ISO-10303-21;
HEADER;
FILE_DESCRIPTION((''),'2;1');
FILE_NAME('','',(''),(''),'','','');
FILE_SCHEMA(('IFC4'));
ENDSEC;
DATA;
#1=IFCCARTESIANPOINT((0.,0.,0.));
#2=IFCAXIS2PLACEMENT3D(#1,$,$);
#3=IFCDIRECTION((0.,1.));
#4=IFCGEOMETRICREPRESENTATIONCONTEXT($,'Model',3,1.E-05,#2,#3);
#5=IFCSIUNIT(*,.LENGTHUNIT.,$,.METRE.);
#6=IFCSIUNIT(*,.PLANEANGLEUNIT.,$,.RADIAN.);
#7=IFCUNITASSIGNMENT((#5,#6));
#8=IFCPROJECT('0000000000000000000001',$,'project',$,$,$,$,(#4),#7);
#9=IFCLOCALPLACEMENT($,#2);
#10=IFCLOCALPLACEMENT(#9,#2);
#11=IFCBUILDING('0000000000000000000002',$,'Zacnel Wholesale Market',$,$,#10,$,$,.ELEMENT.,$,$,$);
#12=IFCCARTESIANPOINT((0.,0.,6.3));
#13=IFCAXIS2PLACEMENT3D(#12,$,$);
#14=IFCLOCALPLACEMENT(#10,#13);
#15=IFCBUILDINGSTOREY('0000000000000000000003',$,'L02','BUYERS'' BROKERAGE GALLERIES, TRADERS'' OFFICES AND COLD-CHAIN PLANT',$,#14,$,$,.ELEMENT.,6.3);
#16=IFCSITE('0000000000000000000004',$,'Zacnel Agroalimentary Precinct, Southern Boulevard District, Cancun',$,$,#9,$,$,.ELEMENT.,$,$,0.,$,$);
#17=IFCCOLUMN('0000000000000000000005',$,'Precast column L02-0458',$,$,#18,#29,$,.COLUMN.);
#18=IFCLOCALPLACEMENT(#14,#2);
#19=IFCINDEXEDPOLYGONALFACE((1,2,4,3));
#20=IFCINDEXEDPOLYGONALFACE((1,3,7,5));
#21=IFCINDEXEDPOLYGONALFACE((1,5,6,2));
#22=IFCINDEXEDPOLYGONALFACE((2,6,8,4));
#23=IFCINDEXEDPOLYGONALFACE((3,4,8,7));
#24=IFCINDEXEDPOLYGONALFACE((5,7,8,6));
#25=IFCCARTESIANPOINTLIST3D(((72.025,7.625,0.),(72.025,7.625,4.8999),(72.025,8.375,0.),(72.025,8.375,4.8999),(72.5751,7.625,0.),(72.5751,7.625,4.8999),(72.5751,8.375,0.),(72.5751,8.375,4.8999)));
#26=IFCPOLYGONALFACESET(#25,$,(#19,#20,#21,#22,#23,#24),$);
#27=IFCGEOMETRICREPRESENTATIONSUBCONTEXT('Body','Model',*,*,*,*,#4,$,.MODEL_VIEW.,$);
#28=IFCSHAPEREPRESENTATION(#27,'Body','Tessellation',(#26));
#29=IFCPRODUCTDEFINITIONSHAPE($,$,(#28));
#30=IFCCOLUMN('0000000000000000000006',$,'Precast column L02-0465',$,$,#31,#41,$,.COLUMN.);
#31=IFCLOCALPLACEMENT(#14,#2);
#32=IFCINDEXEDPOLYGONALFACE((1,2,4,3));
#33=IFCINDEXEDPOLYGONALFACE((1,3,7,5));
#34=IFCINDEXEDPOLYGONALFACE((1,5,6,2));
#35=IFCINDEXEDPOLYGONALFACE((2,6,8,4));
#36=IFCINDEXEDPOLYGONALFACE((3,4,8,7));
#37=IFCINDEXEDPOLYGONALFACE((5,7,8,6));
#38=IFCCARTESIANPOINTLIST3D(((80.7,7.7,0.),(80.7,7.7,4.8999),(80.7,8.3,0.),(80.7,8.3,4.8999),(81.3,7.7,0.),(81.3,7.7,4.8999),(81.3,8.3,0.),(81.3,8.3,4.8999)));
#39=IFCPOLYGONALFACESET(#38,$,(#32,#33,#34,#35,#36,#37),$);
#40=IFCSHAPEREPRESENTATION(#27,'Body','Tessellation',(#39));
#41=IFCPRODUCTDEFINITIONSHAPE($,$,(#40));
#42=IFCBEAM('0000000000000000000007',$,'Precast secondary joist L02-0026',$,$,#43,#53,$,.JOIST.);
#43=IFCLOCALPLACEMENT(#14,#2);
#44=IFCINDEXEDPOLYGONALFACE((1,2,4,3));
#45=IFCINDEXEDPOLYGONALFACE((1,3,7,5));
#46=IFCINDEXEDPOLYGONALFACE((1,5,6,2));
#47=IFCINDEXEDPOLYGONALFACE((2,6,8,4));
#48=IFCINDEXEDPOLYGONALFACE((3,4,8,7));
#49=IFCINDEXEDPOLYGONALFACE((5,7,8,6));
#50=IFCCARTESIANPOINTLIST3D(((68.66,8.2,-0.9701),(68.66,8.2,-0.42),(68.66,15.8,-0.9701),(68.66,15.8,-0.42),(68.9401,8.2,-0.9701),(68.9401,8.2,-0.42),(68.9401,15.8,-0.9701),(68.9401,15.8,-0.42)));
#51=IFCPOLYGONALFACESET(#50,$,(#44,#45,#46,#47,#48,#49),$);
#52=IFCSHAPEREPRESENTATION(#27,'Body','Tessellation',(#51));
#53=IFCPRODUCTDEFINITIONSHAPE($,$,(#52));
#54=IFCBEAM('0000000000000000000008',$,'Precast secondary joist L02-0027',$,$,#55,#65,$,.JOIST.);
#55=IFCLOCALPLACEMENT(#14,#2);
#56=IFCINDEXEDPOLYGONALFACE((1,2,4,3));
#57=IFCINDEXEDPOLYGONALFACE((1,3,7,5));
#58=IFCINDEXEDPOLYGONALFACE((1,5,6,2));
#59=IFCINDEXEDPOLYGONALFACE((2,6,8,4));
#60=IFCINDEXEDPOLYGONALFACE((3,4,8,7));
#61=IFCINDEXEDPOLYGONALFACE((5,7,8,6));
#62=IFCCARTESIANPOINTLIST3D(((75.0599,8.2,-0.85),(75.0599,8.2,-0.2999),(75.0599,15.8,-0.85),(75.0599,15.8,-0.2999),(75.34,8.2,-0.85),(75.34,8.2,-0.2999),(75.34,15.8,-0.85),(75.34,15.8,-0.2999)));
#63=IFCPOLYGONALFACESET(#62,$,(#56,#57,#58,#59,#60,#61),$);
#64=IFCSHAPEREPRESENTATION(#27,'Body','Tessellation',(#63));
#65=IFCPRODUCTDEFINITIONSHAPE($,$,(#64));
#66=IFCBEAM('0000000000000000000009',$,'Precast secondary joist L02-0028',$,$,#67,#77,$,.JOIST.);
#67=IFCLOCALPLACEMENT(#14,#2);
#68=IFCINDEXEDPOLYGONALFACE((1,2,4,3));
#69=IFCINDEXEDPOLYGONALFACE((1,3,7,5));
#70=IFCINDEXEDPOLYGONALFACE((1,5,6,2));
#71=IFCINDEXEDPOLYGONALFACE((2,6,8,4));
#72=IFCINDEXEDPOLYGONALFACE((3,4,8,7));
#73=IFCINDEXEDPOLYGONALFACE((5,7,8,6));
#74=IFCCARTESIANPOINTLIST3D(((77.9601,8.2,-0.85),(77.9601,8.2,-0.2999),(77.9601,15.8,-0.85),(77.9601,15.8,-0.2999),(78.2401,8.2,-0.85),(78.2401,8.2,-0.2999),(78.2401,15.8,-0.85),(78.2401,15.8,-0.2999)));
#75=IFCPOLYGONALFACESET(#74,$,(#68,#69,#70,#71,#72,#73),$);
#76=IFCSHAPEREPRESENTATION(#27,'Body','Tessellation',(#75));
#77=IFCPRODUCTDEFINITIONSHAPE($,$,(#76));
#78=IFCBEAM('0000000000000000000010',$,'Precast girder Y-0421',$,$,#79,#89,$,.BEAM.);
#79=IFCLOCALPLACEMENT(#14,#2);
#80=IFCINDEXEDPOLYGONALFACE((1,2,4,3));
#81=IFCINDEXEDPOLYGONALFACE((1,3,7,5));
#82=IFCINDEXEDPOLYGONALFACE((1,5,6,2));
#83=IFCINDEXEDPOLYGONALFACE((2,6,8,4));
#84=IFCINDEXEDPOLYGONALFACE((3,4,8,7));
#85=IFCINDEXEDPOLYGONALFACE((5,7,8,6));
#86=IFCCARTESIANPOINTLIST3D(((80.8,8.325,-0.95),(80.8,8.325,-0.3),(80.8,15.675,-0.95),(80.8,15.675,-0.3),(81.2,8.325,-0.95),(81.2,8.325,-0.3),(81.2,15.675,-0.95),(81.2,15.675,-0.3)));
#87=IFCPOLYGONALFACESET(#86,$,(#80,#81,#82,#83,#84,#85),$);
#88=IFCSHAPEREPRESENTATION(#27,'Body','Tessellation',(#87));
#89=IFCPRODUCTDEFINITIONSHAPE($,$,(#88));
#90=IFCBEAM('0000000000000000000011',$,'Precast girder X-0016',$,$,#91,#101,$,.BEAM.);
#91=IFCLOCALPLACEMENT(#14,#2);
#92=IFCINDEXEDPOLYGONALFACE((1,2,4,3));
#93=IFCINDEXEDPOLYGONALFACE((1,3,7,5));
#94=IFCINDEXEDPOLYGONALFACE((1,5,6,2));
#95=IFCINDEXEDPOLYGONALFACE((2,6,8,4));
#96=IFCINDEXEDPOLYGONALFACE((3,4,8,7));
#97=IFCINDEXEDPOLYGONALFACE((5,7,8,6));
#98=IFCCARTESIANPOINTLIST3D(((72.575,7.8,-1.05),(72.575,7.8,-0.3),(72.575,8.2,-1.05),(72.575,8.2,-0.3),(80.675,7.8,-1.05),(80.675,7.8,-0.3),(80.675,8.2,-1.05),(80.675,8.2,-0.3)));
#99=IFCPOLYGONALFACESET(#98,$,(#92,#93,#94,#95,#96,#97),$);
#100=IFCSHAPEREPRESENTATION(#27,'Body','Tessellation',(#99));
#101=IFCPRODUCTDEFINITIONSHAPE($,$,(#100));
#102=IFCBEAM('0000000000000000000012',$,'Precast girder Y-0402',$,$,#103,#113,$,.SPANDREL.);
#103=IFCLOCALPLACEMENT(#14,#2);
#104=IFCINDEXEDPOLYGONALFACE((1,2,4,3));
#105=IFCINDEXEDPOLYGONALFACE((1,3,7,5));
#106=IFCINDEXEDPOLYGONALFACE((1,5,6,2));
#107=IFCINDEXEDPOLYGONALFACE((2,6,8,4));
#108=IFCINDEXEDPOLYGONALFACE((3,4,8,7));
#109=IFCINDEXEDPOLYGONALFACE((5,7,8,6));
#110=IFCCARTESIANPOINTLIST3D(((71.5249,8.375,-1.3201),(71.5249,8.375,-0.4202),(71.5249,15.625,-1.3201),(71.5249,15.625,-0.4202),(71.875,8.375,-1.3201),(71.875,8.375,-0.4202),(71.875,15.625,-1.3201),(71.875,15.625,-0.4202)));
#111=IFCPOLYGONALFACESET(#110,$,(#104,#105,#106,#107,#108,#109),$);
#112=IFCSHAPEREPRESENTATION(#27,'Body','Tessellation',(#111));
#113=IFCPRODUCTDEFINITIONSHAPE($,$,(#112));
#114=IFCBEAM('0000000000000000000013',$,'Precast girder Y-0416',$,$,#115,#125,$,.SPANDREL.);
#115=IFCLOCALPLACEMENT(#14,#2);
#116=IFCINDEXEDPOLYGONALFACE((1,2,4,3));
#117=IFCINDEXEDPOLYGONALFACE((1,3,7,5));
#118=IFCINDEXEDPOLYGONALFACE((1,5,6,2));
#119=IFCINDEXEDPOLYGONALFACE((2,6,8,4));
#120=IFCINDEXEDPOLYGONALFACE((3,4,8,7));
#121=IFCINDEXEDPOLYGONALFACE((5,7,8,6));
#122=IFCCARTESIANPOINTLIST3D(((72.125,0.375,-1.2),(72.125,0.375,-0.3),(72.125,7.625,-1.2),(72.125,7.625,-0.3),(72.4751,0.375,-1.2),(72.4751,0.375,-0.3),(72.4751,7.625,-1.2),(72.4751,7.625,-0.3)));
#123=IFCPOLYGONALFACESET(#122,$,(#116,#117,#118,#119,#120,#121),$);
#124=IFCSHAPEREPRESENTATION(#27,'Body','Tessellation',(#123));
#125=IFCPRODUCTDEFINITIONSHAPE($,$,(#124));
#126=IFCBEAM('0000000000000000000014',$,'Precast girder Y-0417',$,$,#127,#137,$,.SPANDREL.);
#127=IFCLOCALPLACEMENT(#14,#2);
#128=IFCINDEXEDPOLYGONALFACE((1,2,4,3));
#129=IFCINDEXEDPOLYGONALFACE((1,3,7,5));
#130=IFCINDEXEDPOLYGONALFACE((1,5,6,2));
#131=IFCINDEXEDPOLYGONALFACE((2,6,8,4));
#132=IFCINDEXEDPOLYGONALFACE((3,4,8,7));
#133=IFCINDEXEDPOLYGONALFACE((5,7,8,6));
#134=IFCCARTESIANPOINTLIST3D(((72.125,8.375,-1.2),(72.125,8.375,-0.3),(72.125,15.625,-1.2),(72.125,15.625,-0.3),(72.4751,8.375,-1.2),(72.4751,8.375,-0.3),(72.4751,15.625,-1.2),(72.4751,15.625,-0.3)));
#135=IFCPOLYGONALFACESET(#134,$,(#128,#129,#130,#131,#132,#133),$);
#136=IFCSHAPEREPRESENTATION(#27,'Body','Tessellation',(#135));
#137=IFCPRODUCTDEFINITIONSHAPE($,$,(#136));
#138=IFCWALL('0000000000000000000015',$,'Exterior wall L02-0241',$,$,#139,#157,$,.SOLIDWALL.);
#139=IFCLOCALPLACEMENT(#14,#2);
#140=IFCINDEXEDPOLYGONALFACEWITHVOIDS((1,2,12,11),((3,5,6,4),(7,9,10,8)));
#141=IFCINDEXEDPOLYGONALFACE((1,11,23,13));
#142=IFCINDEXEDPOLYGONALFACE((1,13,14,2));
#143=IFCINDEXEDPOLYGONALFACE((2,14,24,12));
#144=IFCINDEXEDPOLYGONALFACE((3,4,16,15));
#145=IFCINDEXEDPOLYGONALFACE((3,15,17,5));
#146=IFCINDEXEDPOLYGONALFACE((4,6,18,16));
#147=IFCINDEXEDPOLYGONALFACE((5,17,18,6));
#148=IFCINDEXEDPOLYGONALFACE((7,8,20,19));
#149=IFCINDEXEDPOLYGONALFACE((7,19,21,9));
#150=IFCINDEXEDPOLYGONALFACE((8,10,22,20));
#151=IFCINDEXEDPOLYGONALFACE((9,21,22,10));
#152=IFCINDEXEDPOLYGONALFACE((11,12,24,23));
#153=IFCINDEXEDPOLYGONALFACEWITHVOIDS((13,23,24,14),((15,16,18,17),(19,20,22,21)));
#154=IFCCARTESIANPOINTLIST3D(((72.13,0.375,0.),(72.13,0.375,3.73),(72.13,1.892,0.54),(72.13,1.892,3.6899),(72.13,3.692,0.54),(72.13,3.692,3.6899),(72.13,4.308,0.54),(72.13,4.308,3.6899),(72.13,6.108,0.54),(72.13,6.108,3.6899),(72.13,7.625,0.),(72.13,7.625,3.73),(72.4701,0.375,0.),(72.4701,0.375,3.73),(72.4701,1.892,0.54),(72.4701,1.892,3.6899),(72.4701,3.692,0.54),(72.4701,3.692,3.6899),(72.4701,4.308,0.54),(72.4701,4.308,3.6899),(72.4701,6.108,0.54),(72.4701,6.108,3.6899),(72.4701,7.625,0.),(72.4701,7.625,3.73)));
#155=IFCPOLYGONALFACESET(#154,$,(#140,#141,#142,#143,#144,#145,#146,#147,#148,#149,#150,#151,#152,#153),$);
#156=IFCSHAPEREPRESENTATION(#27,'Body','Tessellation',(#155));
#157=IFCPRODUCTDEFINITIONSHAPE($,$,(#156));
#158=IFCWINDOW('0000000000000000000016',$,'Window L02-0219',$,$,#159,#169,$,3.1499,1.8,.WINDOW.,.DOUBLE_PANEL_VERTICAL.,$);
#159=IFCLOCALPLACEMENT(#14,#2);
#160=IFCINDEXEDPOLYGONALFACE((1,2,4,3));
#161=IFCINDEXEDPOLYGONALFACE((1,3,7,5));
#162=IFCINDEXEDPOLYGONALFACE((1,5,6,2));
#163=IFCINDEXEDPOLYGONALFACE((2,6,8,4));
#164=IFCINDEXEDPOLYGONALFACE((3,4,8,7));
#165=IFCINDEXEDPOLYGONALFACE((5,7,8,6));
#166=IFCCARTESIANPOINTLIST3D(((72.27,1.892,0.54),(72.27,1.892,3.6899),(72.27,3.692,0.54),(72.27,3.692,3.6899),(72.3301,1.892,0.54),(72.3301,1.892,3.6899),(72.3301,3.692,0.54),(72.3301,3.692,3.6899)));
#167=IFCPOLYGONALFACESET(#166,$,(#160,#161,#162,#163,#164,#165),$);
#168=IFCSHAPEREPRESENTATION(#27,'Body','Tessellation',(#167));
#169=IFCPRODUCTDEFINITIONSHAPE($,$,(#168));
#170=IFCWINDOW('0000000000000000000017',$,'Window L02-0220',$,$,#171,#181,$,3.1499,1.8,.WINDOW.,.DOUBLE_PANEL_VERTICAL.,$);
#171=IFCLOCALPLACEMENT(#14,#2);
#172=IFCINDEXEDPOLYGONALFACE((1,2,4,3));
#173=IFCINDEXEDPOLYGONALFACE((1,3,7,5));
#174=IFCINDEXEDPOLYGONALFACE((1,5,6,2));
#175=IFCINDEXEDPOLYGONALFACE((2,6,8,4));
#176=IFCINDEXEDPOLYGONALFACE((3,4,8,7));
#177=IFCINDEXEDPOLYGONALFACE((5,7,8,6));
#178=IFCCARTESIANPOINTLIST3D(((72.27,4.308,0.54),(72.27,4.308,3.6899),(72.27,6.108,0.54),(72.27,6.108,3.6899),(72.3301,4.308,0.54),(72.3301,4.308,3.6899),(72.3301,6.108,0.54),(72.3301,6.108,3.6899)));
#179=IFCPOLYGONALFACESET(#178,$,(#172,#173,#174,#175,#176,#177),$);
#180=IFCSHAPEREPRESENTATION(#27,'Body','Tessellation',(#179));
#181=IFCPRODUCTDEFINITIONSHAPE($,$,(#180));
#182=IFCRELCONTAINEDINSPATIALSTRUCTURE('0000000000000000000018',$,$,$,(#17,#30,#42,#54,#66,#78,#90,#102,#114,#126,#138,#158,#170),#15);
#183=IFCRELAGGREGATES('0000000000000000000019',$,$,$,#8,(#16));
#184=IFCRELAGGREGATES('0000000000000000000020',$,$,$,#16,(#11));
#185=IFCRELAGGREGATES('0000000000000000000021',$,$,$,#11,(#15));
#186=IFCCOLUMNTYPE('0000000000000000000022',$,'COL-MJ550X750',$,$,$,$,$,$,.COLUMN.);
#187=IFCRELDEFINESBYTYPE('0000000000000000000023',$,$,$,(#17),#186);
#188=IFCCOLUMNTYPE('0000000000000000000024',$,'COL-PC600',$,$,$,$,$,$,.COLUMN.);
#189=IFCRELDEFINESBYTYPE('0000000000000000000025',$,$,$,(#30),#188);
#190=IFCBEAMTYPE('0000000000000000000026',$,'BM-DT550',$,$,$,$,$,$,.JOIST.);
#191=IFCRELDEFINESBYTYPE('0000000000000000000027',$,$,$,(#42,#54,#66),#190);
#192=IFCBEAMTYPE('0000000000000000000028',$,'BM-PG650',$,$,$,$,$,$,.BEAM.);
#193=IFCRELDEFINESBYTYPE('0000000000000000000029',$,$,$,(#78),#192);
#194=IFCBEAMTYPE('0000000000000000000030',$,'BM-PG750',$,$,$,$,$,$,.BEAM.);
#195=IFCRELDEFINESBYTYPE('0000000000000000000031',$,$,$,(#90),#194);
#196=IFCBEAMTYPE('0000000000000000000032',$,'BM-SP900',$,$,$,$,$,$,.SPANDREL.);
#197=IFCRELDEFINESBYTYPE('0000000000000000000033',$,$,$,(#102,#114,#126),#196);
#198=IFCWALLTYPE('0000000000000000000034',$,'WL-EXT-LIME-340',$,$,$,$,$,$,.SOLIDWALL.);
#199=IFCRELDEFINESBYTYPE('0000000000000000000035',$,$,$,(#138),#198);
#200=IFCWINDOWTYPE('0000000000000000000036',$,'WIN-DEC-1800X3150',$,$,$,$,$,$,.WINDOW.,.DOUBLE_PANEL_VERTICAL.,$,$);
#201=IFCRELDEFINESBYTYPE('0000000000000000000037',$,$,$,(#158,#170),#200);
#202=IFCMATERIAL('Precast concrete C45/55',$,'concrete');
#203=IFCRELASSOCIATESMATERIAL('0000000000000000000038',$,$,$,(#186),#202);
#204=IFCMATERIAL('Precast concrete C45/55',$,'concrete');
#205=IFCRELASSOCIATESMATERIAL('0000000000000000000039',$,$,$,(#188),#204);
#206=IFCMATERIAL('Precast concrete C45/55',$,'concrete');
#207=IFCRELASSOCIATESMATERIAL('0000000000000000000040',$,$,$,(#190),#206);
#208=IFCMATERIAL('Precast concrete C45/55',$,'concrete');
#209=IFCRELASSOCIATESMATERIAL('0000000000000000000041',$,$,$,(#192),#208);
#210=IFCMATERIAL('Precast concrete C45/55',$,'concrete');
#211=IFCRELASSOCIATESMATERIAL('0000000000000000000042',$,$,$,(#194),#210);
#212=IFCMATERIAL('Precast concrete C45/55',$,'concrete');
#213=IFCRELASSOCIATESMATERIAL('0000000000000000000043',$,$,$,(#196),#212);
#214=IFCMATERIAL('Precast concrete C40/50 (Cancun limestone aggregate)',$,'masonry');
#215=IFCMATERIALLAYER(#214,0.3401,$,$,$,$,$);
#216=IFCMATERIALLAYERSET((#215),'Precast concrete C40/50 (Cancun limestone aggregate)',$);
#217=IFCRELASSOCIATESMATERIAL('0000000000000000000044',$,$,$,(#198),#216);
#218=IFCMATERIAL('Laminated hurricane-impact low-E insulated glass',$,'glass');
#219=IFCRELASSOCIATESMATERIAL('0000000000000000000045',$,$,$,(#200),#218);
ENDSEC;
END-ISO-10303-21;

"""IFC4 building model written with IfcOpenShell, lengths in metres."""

from ifc_helpers import new_model, si_unit, direction, frame, frame_2d, origin, origin_2d, place, context, subcontext, project, spatial, rectangle, extrude, material, layer, layer_set, material_profile, profile_set, type_object, element, fill, save


model = new_model("IFC4")

# Units and contexts
model_context = context("Model", 3, precision=1e-05, world=origin(), true_north=direction((0.0, 1.0)))
body_context = subcontext(model_context, "Body", "Model", "MODEL_VIEW")
ifc_project = project(units=[si_unit("LENGTHUNIT", "METRE"), si_unit("PLANEANGLEUNIT", "RADIAN")], contexts=[model_context])

# Site, building, storey
site_placement = place(None, origin())
site = spatial("IfcSite", under=ifc_project, at=site_placement, Name="Zacnel Agroalimentary Precinct, Southern Boulevard District, Cancun", CompositionType="ELEMENT", RefElevation=0.0)
building_placement = place(site_placement, origin())
building = spatial("IfcBuilding", under=site, at=building_placement, Name="Zacnel Wholesale Market", CompositionType="ELEMENT")
storey_placement = place(building_placement, frame((0.0, 0.0, 6.3)))
storey = spatial("IfcBuildingStorey", under=building, at=storey_placement, Name="L02", Description="BUYERS' BROKERAGE GALLERIES, TRADERS' OFFICES AND COLD-CHAIN PLANT", CompositionType="ELEMENT", Elevation=6.3)

# Columns
ifc_material_1 = material(Name="Precast concrete C45/55", Category="concrete")
ifc_material_profile_1 = material_profile(ifc_material_1, rectangle(XDim=0.55, YDim=0.75, at=origin_2d()), Name="PC 550x750")
ifc_profile_set_1 = profile_set([ifc_material_profile_1], Name="Precast concrete C45/55")
column_type_1 = type_object("IfcColumnType", Name="COL-MJ550X750", PredefinedType="COLUMN", material=ifc_profile_set_1)
column_1_placement = place(storey_placement, frame((72.3, 8.0, 0.0), z_axis=(0.0, 0.0, 1.0), x_axis=(1.0, 0.0, 0.0)))
element("IfcColumn", 1, at=column_1_placement, inside=storey, type_object=column_type_1, Name="Precast column L02-0458", PredefinedType="COLUMN", context=body_context, shape_type="SweptSolid", body=[
    extrude(rectangle(XDim=0.55, YDim=0.75, at=origin_2d()), origin(), (0.0, 0.0, 1.0), 4.8999),
])
ifc_material_2 = material(Name="Precast concrete C45/55", Category="concrete")
ifc_material_profile_2 = material_profile(ifc_material_2, rectangle(XDim=0.6001, YDim=0.6001, at=origin_2d()), Name="PC 600x600")
ifc_profile_set_2 = profile_set([ifc_material_profile_2], Name="Precast concrete C45/55")
column_type_2 = type_object("IfcColumnType", Name="COL-PC600", PredefinedType="COLUMN", material=ifc_profile_set_2)
column_2_placement = place(storey_placement, frame((81.0, 8.0, 0.0), z_axis=(0.0, 0.0, 1.0), x_axis=(1.0, 0.0, 0.0)))
element("IfcColumn", 2, at=column_2_placement, inside=storey, type_object=column_type_2, Name="Precast column L02-0465", PredefinedType="COLUMN", context=body_context, shape_type="SweptSolid", body=[
    extrude(rectangle(XDim=0.6001, YDim=0.6001, at=origin_2d()), origin(), (0.0, 0.0, 1.0), 4.8999),
])

# Beams
ifc_material_3 = material(Name="Precast concrete C45/55", Category="concrete")
ifc_material_profile_3 = material_profile(ifc_material_3, rectangle(XDim=0.28, YDim=0.55, at=origin_2d()), Name="DT RIB 280x550")
ifc_profile_set_3 = profile_set([ifc_material_profile_3], Name="Precast concrete C45/55")
beam_type_1 = type_object("IfcBeamType", Name="BM-DT550", PredefinedType="JOIST", material=ifc_profile_set_3)
for number, where, z_axis, x_axis, name in (
    (3, (68.8, 8.2, -0.6951), (0.0, 1.0, 0.0), (-1.0, 0.0, 0.0), "Precast secondary joist L02-0026"),
    (4, (75.2, 8.2, -0.575), (0.0, 1.0, 0.0), (-1.0, 0.0, 0.0), "Precast secondary joist L02-0027"),
    (5, (78.1001, 8.2, -0.575), (0.0, 1.0, 0.0), (-1.0, 0.0, 0.0), "Precast secondary joist L02-0028"),
):
    element("IfcBeam", number, at=place(storey_placement, frame(where, z_axis=z_axis, x_axis=x_axis)), inside=storey, type_object=beam_type_1, Name=name, PredefinedType="JOIST", context=body_context, shape_type="SweptSolid", body=[
        extrude(rectangle(XDim=0.28, YDim=0.55, at=origin_2d()), origin(), (0.0, 0.0, 1.0), 7.6001),
    ])
ifc_material_4 = material(Name="Precast concrete C45/55", Category="concrete")
ifc_material_profile_4 = material_profile(ifc_material_4, rectangle(XDim=0.3999, YDim=0.6499, at=origin_2d()), Name="PG 400x650")
ifc_profile_set_4 = profile_set([ifc_material_profile_4], Name="Precast concrete C45/55")
beam_type_2 = type_object("IfcBeamType", Name="BM-PG650", PredefinedType="BEAM", material=ifc_profile_set_4)
beam_1_placement = place(storey_placement, frame((81.0, 8.325, -0.625), z_axis=(0.0, 1.0, 0.0), x_axis=(-1.0, 0.0, 0.0)))
element("IfcBeam", 6, at=beam_1_placement, inside=storey, type_object=beam_type_2, Name="Precast girder Y-0421", PredefinedType="BEAM", context=body_context, shape_type="SweptSolid", body=[
    extrude(rectangle(XDim=0.3999, YDim=0.6499, at=origin_2d()), origin(), (0.0, 0.0, 1.0), 7.3501),
])
ifc_material_5 = material(Name="Precast concrete C45/55", Category="concrete")
ifc_material_profile_5 = material_profile(ifc_material_5, rectangle(XDim=0.3999, YDim=0.75, at=origin_2d()), Name="PG 400x750")
ifc_profile_set_5 = profile_set([ifc_material_profile_5], Name="Precast concrete C45/55")
beam_type_3 = type_object("IfcBeamType", Name="BM-PG750", PredefinedType="BEAM", material=ifc_profile_set_5)
beam_2_placement = place(storey_placement, frame((72.575, 8.0, -0.675), z_axis=(1.0, 0.0, 0.0), x_axis=(0.0, 1.0, 0.0)))
element("IfcBeam", 7, at=beam_2_placement, inside=storey, type_object=beam_type_3, Name="Precast girder X-0016", PredefinedType="BEAM", context=body_context, shape_type="SweptSolid", body=[
    extrude(rectangle(XDim=0.3999, YDim=0.75, at=origin_2d()), origin(), (0.0, 0.0, 1.0), 8.1001),
])
ifc_material_6 = material(Name="Precast concrete C45/55", Category="concrete")
ifc_material_profile_6 = material_profile(ifc_material_6, rectangle(XDim=0.3501, YDim=0.8999, at=origin_2d()), Name="SP 350x900")
ifc_profile_set_6 = profile_set([ifc_material_profile_6], Name="Precast concrete C45/55")
beam_type_4 = type_object("IfcBeamType", Name="BM-SP900", PredefinedType="SPANDREL", material=ifc_profile_set_6)
for number, where, z_axis, x_axis, name in (
    (8, (71.7, 8.375, -0.8701), (0.0, 1.0, 0.0), (-1.0, 0.0, 0.0), "Precast girder Y-0402"),
    (9, (72.3, 0.375, -0.75), (0.0, 1.0, 0.0), (-1.0, 0.0, 0.0), "Precast girder Y-0416"),
    (10, (72.3, 8.375, -0.75), (0.0, 1.0, 0.0), (-1.0, 0.0, 0.0), "Precast girder Y-0417"),
):
    element("IfcBeam", number, at=place(storey_placement, frame(where, z_axis=z_axis, x_axis=x_axis)), inside=storey, type_object=beam_type_4, Name=name, PredefinedType="SPANDREL", context=body_context, shape_type="SweptSolid", body=[
        extrude(rectangle(XDim=0.3501, YDim=0.8999, at=origin_2d()), origin(), (0.0, 0.0, 1.0), 7.25),
    ])

# Wall, openings, windows
ifc_material_7 = material(Name="Precast concrete C40/50 (Cancun limestone aggregate)", Category="masonry")
ifc_layer_1 = layer(ifc_material_7, 0.3401)
ifc_layer_set_1 = layer_set([ifc_layer_1], Name="Precast concrete C40/50 (Cancun limestone aggregate)")
wall_type = type_object("IfcWallType", Name="WL-EXT-LIME-340", PredefinedType="SOLIDWALL", material=ifc_layer_set_1)
wall_1_placement = place(storey_placement, frame((72.3, 0.375, 0.0), z_axis=(0.0, 0.0, 1.0), x_axis=(0.0, 1.0, 0.0)))
wall_1 = element("IfcWall", 11, at=wall_1_placement, inside=storey, type_object=wall_type, Name="Exterior wall L02-0241", PredefinedType="SOLIDWALL", context=body_context, shape_type="SweptSolid", body=[
    extrude(rectangle(XDim=7.25, YDim=0.3401, at=frame_2d((3.625, 0.0))), origin(), (0.0, 0.0, 1.0), 3.73),
])
opening_1_placement = place(wall_1_placement, frame((1.5171, 0.0, 0.54)))
opening_1 = element("IfcOpeningElement", 12, at=opening_1_placement, cuts=wall_1, PredefinedType="OPENING", context=body_context, shape_type="SweptSolid", body=[
    extrude(rectangle(XDim=1.8, YDim=3.1499, at=frame_2d((0.8999, 1.575))), frame((0.0, 0.1799, 0.0), z_axis=(0.0, -1.0, 0.0), x_axis=(1.0, 0.0, 0.0)), (0.0, 0.0, 1.0), 0.3601),
])
opening_2_placement = place(wall_1_placement, frame((3.9331, 0.0, 0.54)))
opening_2 = element("IfcOpeningElement", 13, at=opening_2_placement, cuts=wall_1, PredefinedType="OPENING", context=body_context, shape_type="SweptSolid", body=[
    extrude(rectangle(XDim=1.8, YDim=3.1499, at=frame_2d((0.8999, 1.575))), frame((0.0, 0.1799, 0.0), z_axis=(0.0, -1.0, 0.0), x_axis=(1.0, 0.0, 0.0)), (0.0, 0.0, 1.0), 0.3601),
])
ifc_material_8 = material(Name="Laminated hurricane-impact low-E insulated glass", Category="glass")
window_type = type_object("IfcWindowType", Name="WIN-DEC-1800X3150", PartitioningType="DOUBLE_PANEL_VERTICAL", PredefinedType="WINDOW", material=ifc_material_8)
window_1_placement = place(opening_1_placement, origin())
window_1 = element("IfcWindow", 14, at=window_1_placement, inside=storey, type_object=window_type, Name="Window L02-0219", OverallHeight=3.1499, OverallWidth=1.8, PartitioningType="DOUBLE_PANEL_VERTICAL", PredefinedType="WINDOW", context=body_context, shape_type="SweptSolid", body=[
    extrude(rectangle(XDim=1.8, YDim=3.1499, at=frame_2d((0.8999, 1.575))), frame((0.0, 0.03, 0.0), z_axis=(0.0, -1.0, 0.0), x_axis=(1.0, 0.0, 0.0)), (0.0, 0.0, 1.0), 0.0601),
])
fill(opening_1, window_1)
window_2_placement = place(opening_2_placement, origin())
window_2 = element("IfcWindow", 15, at=window_2_placement, inside=storey, type_object=window_type, Name="Window L02-0220", OverallHeight=3.1499, OverallWidth=1.8, PartitioningType="DOUBLE_PANEL_VERTICAL", PredefinedType="WINDOW", context=body_context, shape_type="SweptSolid", body=[
    extrude(rectangle(XDim=1.8, YDim=3.1499, at=frame_2d((0.8999, 1.575))), frame((0.0, 0.03, 0.0), z_axis=(0.0, -1.0, 0.0), x_axis=(1.0, 0.0, 0.0)), (0.0, 0.0, 1.0), 0.0601),
])
fill(opening_2, window_2)

save(model, "model.ifc")
